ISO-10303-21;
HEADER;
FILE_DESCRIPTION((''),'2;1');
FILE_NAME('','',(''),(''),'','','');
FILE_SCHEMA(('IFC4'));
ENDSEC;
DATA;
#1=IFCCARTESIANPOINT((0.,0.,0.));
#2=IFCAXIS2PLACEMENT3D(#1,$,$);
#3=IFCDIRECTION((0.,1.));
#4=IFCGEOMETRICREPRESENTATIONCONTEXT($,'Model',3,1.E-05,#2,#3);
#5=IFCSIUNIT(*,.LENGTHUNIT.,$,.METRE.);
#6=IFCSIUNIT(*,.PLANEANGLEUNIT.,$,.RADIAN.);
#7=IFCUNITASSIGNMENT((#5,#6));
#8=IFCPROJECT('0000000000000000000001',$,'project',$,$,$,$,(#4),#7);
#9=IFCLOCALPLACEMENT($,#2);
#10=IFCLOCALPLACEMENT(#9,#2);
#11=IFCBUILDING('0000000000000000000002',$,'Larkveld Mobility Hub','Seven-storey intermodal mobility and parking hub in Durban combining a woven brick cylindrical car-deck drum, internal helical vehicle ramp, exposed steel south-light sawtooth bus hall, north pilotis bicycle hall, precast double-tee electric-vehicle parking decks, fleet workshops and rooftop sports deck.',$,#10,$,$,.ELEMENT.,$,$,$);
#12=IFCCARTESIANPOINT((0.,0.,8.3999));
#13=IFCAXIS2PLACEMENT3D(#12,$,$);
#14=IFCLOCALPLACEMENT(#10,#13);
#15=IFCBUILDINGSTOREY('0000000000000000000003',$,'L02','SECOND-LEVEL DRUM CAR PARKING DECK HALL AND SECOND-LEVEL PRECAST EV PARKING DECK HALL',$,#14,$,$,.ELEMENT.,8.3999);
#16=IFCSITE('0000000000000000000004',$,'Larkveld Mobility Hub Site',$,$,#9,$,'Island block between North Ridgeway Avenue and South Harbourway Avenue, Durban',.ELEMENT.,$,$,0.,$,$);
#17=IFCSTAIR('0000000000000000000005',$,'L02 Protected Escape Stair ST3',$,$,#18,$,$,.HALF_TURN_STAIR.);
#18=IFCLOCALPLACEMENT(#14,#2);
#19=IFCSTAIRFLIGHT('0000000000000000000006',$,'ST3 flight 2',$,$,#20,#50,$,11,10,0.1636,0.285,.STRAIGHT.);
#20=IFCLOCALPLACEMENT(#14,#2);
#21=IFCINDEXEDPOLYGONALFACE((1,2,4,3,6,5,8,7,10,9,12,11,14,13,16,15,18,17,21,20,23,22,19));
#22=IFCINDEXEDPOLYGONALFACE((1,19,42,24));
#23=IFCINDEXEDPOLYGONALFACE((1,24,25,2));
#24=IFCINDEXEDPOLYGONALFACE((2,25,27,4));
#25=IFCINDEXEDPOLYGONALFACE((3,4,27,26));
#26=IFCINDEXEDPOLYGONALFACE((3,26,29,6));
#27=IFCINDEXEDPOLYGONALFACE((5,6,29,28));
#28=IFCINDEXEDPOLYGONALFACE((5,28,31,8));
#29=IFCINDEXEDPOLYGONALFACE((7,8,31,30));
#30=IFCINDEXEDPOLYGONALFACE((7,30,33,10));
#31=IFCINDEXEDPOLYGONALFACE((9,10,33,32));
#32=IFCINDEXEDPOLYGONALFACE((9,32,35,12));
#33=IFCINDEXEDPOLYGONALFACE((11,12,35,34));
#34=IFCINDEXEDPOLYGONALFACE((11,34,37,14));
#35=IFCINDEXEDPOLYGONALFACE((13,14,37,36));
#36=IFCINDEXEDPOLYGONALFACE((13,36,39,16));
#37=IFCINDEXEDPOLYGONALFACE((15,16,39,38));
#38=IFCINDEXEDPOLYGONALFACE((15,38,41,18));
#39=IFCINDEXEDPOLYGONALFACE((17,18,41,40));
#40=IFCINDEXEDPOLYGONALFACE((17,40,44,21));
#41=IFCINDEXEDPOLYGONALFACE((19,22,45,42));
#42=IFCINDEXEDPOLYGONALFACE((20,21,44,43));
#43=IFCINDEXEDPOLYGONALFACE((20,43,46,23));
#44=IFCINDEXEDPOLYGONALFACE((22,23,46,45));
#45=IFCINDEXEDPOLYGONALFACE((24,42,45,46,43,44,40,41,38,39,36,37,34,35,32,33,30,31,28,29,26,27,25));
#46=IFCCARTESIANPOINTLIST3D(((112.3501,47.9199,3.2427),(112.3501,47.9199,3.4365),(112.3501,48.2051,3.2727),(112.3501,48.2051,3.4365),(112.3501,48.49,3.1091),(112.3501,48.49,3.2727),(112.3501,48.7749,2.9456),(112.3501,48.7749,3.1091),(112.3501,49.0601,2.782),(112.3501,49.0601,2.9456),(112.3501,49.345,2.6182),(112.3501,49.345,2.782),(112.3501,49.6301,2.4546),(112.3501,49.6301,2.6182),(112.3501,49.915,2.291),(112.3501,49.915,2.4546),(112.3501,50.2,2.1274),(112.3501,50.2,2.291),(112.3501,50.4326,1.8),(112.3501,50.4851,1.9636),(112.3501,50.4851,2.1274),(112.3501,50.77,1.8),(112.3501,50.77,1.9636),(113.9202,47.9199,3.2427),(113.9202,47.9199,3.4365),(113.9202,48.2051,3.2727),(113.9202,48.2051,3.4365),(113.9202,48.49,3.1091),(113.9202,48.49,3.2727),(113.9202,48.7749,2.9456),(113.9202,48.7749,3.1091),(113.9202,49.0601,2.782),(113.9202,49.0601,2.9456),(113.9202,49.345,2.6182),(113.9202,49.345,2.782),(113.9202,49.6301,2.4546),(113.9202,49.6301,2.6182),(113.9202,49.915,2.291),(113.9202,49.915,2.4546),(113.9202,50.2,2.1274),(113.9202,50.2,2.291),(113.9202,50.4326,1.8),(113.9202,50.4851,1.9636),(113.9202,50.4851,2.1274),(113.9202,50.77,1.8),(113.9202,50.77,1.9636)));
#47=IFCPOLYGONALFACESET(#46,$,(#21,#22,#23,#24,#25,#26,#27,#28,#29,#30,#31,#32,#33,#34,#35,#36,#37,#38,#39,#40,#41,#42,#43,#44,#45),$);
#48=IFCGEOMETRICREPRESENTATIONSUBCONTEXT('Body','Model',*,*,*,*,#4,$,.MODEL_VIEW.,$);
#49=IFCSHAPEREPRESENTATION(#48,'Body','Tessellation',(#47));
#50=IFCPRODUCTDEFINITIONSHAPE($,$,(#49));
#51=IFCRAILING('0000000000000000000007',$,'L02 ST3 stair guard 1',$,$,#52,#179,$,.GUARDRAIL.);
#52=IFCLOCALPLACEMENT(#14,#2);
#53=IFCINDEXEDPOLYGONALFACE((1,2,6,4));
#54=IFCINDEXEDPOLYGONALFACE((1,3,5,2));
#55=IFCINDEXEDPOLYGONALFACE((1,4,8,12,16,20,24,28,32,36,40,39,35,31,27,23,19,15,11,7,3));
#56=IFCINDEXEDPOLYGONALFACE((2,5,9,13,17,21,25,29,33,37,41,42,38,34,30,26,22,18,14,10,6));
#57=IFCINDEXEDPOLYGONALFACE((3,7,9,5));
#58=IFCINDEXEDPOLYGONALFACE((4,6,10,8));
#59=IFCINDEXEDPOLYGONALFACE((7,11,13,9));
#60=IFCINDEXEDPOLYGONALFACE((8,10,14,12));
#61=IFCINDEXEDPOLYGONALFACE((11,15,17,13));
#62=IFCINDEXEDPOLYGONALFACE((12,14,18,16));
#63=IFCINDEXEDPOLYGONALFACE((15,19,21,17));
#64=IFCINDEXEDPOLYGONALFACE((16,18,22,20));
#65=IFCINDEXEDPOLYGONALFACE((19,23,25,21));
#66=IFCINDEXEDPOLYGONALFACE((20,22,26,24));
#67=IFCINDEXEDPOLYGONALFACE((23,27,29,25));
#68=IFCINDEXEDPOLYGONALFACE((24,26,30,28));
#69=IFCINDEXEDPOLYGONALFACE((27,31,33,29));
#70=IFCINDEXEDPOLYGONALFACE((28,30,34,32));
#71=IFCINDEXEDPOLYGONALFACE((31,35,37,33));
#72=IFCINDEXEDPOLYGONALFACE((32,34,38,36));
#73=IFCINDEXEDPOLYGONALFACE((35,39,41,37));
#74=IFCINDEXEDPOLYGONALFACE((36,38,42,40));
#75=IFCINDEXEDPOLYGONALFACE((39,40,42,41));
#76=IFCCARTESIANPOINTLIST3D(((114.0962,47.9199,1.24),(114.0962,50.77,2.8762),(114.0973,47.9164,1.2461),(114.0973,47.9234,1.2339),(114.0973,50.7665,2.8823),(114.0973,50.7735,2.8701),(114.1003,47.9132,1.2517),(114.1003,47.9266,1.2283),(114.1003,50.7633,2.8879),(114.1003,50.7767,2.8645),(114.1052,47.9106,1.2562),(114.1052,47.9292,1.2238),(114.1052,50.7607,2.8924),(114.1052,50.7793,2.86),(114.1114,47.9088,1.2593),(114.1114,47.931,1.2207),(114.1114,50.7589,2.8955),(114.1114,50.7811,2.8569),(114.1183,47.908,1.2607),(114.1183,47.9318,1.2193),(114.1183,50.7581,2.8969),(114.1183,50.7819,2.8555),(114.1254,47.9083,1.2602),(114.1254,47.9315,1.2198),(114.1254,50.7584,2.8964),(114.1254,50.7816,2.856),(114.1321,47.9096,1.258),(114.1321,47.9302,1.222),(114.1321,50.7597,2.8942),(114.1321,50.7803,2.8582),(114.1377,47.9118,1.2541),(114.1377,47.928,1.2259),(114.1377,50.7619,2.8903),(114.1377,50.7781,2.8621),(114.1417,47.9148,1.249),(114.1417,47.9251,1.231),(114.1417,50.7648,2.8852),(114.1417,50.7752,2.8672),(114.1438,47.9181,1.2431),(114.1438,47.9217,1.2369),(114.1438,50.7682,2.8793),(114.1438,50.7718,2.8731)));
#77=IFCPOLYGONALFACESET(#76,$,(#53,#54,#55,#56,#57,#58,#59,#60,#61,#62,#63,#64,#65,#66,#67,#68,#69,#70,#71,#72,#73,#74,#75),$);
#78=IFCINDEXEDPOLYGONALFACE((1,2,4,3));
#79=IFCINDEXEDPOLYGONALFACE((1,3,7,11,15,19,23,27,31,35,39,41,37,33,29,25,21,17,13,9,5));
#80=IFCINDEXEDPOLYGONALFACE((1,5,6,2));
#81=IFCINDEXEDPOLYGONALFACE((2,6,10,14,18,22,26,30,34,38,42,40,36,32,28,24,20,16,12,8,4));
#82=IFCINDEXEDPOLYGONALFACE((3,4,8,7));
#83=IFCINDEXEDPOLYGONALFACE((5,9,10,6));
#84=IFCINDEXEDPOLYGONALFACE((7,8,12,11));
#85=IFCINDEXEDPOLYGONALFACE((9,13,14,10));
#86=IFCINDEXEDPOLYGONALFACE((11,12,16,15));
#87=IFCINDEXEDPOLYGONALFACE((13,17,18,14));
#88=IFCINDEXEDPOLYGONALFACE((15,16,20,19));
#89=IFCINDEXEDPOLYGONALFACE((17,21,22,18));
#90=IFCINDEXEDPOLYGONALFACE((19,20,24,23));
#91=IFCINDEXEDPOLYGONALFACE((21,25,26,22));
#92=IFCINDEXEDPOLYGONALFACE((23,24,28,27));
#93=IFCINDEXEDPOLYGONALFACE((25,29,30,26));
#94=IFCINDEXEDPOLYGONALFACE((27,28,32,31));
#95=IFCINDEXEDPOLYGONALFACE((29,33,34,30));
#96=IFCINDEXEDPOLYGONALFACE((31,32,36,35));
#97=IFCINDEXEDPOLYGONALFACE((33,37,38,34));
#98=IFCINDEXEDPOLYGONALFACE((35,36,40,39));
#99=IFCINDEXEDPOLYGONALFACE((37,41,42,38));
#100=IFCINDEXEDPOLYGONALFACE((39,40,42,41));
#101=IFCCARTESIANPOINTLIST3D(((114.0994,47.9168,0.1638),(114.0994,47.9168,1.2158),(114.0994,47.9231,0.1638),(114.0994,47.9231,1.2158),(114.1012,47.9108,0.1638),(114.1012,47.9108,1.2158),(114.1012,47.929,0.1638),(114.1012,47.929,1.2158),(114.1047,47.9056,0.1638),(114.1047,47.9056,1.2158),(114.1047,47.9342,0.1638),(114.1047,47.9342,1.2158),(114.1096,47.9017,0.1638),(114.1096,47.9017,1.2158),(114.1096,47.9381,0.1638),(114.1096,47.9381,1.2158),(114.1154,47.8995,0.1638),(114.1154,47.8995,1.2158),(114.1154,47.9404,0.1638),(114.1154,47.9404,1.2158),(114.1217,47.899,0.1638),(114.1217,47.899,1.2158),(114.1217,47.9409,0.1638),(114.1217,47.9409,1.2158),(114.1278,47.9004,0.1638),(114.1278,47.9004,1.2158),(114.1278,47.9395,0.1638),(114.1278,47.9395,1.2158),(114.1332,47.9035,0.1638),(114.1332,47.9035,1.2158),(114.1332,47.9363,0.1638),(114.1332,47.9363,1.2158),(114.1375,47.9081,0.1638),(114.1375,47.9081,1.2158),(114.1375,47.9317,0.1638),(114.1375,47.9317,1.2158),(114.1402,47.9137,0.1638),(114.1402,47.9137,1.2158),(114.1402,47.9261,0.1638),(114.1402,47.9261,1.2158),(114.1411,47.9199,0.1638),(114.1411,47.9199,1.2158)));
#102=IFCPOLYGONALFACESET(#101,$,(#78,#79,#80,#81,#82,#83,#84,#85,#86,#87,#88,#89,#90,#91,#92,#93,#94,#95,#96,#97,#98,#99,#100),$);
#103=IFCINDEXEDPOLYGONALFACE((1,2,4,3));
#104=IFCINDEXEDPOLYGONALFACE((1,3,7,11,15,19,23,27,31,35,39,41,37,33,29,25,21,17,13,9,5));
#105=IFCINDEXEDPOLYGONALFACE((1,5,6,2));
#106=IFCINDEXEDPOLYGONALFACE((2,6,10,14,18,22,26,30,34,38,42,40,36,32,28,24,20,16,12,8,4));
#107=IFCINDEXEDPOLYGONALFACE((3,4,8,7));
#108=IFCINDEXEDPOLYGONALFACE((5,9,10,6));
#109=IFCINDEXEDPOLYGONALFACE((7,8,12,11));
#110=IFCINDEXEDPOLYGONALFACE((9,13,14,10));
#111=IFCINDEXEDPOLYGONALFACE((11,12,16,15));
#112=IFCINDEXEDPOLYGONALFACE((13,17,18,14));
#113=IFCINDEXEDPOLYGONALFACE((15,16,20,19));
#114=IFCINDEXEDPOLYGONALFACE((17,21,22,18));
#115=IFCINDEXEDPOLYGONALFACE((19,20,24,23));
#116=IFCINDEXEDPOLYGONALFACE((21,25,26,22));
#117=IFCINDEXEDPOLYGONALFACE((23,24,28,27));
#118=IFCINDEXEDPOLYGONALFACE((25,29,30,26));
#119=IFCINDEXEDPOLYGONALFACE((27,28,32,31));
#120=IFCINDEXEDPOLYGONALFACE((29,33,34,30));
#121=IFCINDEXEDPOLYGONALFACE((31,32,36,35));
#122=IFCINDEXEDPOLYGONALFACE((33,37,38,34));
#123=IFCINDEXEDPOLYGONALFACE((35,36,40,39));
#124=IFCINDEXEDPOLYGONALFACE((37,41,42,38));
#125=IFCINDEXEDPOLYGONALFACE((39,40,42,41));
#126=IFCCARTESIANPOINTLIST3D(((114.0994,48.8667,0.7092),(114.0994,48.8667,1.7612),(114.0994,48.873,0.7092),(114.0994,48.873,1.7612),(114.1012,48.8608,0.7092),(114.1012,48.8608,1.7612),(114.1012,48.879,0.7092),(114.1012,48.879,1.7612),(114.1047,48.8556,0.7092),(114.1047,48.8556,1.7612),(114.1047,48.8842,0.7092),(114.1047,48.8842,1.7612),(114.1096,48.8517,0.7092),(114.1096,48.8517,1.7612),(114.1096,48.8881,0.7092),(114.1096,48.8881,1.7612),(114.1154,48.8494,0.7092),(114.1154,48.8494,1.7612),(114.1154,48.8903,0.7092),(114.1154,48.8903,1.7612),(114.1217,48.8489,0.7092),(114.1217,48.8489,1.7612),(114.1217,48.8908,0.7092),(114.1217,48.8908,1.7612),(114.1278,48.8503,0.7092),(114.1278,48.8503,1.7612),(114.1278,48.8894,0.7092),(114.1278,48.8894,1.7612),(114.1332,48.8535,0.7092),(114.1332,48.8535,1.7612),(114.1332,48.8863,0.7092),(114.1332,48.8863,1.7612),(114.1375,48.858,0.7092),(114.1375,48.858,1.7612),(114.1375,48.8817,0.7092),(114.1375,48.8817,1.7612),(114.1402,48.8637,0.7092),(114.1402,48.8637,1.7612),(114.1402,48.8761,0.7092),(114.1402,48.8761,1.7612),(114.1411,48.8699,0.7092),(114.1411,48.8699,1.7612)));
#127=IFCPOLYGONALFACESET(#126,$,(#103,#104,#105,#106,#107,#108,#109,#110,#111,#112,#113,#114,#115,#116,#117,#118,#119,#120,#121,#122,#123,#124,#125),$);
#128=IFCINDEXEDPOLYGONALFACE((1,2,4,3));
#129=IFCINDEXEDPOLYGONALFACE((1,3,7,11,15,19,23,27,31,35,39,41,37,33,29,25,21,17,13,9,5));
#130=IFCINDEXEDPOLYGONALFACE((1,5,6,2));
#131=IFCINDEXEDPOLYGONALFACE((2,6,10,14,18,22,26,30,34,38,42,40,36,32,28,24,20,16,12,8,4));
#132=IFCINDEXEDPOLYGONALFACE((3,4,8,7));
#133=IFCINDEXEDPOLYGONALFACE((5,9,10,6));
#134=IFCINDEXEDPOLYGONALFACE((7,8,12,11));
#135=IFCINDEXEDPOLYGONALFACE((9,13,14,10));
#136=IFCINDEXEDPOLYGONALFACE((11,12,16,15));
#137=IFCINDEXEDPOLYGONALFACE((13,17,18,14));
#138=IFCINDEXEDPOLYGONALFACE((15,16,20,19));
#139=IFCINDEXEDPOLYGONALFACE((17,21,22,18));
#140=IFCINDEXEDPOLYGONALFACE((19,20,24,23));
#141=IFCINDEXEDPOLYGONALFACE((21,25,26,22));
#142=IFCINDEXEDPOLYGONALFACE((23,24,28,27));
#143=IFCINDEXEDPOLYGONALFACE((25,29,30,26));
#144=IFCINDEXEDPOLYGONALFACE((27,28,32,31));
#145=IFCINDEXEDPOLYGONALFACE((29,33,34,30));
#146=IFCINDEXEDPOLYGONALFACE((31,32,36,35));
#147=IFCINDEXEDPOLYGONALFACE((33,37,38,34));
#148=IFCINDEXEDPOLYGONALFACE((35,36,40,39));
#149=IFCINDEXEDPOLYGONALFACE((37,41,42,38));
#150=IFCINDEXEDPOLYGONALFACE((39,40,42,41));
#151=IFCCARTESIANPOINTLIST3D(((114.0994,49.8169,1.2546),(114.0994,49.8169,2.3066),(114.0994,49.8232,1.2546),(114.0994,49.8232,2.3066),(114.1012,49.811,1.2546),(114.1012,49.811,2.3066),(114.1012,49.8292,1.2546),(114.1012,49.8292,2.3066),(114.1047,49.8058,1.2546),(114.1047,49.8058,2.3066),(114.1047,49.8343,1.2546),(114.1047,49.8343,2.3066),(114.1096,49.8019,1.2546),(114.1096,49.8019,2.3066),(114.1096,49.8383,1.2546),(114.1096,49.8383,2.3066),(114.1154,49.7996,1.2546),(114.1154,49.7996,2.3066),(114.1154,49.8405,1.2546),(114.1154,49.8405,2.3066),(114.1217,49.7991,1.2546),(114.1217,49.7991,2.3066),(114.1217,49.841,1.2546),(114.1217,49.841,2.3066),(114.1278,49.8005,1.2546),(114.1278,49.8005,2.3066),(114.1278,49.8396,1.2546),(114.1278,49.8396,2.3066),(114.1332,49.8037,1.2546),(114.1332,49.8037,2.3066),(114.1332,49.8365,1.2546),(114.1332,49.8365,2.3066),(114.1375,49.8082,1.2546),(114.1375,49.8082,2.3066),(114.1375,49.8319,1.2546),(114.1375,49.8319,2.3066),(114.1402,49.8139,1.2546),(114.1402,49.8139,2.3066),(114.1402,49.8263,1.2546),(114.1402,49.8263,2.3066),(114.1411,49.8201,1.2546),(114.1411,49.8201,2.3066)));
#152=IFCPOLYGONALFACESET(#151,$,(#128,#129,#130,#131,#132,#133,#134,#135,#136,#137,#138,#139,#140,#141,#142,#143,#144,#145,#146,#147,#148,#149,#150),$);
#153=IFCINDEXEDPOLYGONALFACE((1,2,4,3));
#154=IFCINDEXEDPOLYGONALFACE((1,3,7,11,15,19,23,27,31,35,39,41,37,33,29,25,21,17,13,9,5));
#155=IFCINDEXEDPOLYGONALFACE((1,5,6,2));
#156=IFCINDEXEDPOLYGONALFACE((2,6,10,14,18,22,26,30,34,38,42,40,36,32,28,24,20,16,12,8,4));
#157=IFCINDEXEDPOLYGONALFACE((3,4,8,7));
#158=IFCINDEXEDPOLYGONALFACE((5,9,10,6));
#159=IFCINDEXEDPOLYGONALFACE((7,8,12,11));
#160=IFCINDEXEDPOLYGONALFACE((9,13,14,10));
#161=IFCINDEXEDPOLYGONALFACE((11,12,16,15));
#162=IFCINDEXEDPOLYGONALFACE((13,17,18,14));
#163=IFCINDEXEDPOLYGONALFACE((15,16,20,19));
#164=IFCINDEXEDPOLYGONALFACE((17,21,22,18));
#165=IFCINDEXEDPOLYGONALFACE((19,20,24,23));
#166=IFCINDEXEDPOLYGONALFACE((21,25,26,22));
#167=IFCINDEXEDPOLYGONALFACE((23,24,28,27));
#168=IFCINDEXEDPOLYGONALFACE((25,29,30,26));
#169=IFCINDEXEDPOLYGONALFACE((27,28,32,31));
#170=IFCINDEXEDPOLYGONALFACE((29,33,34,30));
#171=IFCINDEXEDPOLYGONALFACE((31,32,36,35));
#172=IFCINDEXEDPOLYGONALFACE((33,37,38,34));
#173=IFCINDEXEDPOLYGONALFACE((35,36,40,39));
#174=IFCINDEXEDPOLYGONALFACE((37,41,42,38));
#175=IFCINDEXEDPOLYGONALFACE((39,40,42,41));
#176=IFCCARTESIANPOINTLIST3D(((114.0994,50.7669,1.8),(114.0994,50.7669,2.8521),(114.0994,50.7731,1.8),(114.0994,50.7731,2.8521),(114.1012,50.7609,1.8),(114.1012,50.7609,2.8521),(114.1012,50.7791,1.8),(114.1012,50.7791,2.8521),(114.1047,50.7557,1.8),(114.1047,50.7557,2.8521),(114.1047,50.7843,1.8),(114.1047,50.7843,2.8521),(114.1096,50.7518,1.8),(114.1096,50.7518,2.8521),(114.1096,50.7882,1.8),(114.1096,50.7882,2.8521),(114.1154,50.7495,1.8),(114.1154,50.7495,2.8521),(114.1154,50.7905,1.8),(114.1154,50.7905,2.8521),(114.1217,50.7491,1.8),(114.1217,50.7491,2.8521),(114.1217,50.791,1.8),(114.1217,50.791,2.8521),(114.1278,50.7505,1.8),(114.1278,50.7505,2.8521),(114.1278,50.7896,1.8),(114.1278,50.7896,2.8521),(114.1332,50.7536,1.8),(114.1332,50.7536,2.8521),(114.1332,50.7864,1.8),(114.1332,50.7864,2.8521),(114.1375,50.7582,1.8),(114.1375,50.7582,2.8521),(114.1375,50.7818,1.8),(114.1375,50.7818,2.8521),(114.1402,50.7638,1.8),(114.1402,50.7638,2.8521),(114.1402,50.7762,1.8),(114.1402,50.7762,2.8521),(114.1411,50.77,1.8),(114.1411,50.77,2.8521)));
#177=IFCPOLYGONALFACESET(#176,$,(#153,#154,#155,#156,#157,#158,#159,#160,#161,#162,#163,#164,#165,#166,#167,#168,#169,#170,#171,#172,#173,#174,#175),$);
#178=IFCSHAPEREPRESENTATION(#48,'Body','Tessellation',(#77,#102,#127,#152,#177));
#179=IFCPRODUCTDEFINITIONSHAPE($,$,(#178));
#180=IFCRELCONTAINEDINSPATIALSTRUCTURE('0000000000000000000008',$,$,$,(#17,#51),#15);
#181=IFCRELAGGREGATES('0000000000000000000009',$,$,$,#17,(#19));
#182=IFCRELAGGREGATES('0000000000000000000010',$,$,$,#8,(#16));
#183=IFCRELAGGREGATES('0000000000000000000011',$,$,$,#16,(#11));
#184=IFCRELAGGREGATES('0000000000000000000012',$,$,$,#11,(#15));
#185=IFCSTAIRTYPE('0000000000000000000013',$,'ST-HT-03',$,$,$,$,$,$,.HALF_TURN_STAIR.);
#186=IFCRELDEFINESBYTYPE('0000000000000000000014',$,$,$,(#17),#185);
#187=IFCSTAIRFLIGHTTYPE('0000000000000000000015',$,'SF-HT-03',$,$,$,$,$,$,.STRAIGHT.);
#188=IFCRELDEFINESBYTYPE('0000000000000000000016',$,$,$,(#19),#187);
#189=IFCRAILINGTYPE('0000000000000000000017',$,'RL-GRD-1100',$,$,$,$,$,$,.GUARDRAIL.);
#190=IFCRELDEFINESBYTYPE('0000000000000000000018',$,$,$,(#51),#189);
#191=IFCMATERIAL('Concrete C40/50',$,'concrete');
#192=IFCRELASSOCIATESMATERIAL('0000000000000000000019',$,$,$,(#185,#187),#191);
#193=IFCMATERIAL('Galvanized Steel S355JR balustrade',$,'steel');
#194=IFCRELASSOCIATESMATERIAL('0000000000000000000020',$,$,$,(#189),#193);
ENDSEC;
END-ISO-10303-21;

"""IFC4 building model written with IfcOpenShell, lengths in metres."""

from ifc_helpers import new_model, si_unit, direction, frame, origin, origin_2d, place, context, subcontext, project, spatial, polyline, circle, outline, extrude, material, type_object, element, aggregate, save


model = new_model("IFC4")

# Units and contexts
model_context = context("Model", 3, precision=1e-05, world=origin(), true_north=direction((0.0, 1.0)))
body_context = subcontext(model_context, "Body", "Model", "MODEL_VIEW")
ifc_project = project(units=[si_unit("LENGTHUNIT", "METRE"), si_unit("PLANEANGLEUNIT", "RADIAN")], contexts=[model_context])

# Site, building, storey
site_placement = place(None, origin())
site = spatial("IfcSite", under=ifc_project, at=site_placement, Name="Larkveld Mobility Hub Site", LongName="Island block between North Ridgeway Avenue and South Harbourway Avenue, Durban", CompositionType="ELEMENT", RefElevation=0.0)
building_placement = place(site_placement, origin())
building = spatial("IfcBuilding", under=site, at=building_placement, Name="Larkveld Mobility Hub", Description="Seven-storey intermodal mobility and parking hub in Durban combining a woven brick cylindrical car-deck drum, internal helical vehicle ramp, exposed steel south-light sawtooth bus hall, north pilotis bicycle hall, precast double-tee electric-vehicle parking decks, fleet workshops and rooftop sports deck.", CompositionType="ELEMENT")
storey_placement = place(building_placement, frame((0.0, 0.0, 8.3999)))
storey = spatial("IfcBuildingStorey", under=building, at=storey_placement, Name="L02", Description="SECOND-LEVEL DRUM CAR PARKING DECK HALL AND SECOND-LEVEL PRECAST EV PARKING DECK HALL", CompositionType="ELEMENT", Elevation=8.3999)

# Shared definitions
ifc_material_1 = material(Name="Concrete C40/50", Category="concrete")

# Stair, stair flight
stair_type = type_object("IfcStairType", Name="ST-HT-03", PredefinedType="HALF_TURN_STAIR", material=ifc_material_1)
stair_placement = place(storey_placement, origin())
stair = element("IfcStair", 1, at=stair_placement, inside=storey, type_object=stair_type, Name="L02 Protected Escape Stair ST3", PredefinedType="HALF_TURN_STAIR")
stair_flight_type = type_object("IfcStairFlightType", Name="SF-HT-03", PredefinedType="STRAIGHT", material=ifc_material_1)
stair_flight_1_placement = place(storey_placement, frame((113.135, 50.77, 1.8), z_axis=(0.0, 0.0, 1.0), x_axis=(0.0, -1.0, 0.0)))
stair_flight_1 = element("IfcStairFlight", 2, at=stair_flight_1_placement, type_object=stair_flight_type, Name="ST3 flight 2", NumberOfRisers=11, NumberOfTreads=10, PredefinedType="STRAIGHT", RiserHeight=0.1636, TreadLength=0.285, context=body_context, shape_type="SweptSolid", body=[
    extrude(outline(polyline([(0.0, 0.0), (0.0, 0.1636), (0.2849, 0.1636), (0.2849, 0.3274), (0.5701, 0.3274), (0.5701, 0.491), (0.855, 0.491), (0.855, 0.6545), (1.1399, 0.6545), (1.1399, 0.8181), (1.425, 0.8181), (1.425, 0.9819), (1.71, 0.9819), (1.71, 1.1455), (1.9951, 1.1455), (1.9951, 1.3091), (2.28, 1.3091), (2.28, 1.4727), (2.5649, 1.4727), (2.5649, 1.6365), (2.8501, 1.6365), (2.8501, 1.8), (2.8501, 1.4426), (0.3374, 0.0), (0.0, 0.0)])), frame((0.0, 0.7852, 0.0), z_axis=(0.0, -1.0, 0.0), x_axis=(1.0, 0.0, 0.0)), (0.0, 0.0, 1.0), 1.5701),
])
aggregate(stair, [stair_flight_1])

# Railing
ifc_material_2 = material(Name="Galvanized Steel S355JR balustrade", Category="steel")
railing_type_1 = type_object("IfcRailingType", Name="RL-GRD-1100", PredefinedType="GUARDRAIL", material=ifc_material_2)
railing_1_placement = place(storey_placement, frame((114.1201, 47.9199, 0.1638)))
element("IfcRailing", 3, at=railing_1_placement, inside=storey, type_object=railing_type_1, Name="L02 ST3 stair guard 1", PredefinedType="GUARDRAIL", context=body_context, shape_type="SweptSolid", body=[
    extrude(circle(Radius=0.0239, at=origin_2d()), frame((0.0, 0.0, 1.0762), z_axis=(0.0, 0.867245, 0.497882), x_axis=(-1.0, 0.0, 0.0)), (0.0, 0.0, 1.0), 3.2864),
    extrude(circle(Radius=0.021, at=origin_2d()), origin(), (0.0, 0.0, 1.0), 1.052),
    extrude(circle(Radius=0.021, at=origin_2d()), frame((0.0, 0.95, 0.5454)), (0.0, 0.0, 1.0), 1.052),
    extrude(circle(Radius=0.021, at=origin_2d()), frame((0.0, 1.9001, 1.0908)), (0.0, 0.0, 1.0), 1.052),
    extrude(circle(Radius=0.021, at=origin_2d()), frame((0.0, 2.8501, 1.6362)), (0.0, 0.0, 1.0), 1.052),
])

save(model, "model.ifc")
